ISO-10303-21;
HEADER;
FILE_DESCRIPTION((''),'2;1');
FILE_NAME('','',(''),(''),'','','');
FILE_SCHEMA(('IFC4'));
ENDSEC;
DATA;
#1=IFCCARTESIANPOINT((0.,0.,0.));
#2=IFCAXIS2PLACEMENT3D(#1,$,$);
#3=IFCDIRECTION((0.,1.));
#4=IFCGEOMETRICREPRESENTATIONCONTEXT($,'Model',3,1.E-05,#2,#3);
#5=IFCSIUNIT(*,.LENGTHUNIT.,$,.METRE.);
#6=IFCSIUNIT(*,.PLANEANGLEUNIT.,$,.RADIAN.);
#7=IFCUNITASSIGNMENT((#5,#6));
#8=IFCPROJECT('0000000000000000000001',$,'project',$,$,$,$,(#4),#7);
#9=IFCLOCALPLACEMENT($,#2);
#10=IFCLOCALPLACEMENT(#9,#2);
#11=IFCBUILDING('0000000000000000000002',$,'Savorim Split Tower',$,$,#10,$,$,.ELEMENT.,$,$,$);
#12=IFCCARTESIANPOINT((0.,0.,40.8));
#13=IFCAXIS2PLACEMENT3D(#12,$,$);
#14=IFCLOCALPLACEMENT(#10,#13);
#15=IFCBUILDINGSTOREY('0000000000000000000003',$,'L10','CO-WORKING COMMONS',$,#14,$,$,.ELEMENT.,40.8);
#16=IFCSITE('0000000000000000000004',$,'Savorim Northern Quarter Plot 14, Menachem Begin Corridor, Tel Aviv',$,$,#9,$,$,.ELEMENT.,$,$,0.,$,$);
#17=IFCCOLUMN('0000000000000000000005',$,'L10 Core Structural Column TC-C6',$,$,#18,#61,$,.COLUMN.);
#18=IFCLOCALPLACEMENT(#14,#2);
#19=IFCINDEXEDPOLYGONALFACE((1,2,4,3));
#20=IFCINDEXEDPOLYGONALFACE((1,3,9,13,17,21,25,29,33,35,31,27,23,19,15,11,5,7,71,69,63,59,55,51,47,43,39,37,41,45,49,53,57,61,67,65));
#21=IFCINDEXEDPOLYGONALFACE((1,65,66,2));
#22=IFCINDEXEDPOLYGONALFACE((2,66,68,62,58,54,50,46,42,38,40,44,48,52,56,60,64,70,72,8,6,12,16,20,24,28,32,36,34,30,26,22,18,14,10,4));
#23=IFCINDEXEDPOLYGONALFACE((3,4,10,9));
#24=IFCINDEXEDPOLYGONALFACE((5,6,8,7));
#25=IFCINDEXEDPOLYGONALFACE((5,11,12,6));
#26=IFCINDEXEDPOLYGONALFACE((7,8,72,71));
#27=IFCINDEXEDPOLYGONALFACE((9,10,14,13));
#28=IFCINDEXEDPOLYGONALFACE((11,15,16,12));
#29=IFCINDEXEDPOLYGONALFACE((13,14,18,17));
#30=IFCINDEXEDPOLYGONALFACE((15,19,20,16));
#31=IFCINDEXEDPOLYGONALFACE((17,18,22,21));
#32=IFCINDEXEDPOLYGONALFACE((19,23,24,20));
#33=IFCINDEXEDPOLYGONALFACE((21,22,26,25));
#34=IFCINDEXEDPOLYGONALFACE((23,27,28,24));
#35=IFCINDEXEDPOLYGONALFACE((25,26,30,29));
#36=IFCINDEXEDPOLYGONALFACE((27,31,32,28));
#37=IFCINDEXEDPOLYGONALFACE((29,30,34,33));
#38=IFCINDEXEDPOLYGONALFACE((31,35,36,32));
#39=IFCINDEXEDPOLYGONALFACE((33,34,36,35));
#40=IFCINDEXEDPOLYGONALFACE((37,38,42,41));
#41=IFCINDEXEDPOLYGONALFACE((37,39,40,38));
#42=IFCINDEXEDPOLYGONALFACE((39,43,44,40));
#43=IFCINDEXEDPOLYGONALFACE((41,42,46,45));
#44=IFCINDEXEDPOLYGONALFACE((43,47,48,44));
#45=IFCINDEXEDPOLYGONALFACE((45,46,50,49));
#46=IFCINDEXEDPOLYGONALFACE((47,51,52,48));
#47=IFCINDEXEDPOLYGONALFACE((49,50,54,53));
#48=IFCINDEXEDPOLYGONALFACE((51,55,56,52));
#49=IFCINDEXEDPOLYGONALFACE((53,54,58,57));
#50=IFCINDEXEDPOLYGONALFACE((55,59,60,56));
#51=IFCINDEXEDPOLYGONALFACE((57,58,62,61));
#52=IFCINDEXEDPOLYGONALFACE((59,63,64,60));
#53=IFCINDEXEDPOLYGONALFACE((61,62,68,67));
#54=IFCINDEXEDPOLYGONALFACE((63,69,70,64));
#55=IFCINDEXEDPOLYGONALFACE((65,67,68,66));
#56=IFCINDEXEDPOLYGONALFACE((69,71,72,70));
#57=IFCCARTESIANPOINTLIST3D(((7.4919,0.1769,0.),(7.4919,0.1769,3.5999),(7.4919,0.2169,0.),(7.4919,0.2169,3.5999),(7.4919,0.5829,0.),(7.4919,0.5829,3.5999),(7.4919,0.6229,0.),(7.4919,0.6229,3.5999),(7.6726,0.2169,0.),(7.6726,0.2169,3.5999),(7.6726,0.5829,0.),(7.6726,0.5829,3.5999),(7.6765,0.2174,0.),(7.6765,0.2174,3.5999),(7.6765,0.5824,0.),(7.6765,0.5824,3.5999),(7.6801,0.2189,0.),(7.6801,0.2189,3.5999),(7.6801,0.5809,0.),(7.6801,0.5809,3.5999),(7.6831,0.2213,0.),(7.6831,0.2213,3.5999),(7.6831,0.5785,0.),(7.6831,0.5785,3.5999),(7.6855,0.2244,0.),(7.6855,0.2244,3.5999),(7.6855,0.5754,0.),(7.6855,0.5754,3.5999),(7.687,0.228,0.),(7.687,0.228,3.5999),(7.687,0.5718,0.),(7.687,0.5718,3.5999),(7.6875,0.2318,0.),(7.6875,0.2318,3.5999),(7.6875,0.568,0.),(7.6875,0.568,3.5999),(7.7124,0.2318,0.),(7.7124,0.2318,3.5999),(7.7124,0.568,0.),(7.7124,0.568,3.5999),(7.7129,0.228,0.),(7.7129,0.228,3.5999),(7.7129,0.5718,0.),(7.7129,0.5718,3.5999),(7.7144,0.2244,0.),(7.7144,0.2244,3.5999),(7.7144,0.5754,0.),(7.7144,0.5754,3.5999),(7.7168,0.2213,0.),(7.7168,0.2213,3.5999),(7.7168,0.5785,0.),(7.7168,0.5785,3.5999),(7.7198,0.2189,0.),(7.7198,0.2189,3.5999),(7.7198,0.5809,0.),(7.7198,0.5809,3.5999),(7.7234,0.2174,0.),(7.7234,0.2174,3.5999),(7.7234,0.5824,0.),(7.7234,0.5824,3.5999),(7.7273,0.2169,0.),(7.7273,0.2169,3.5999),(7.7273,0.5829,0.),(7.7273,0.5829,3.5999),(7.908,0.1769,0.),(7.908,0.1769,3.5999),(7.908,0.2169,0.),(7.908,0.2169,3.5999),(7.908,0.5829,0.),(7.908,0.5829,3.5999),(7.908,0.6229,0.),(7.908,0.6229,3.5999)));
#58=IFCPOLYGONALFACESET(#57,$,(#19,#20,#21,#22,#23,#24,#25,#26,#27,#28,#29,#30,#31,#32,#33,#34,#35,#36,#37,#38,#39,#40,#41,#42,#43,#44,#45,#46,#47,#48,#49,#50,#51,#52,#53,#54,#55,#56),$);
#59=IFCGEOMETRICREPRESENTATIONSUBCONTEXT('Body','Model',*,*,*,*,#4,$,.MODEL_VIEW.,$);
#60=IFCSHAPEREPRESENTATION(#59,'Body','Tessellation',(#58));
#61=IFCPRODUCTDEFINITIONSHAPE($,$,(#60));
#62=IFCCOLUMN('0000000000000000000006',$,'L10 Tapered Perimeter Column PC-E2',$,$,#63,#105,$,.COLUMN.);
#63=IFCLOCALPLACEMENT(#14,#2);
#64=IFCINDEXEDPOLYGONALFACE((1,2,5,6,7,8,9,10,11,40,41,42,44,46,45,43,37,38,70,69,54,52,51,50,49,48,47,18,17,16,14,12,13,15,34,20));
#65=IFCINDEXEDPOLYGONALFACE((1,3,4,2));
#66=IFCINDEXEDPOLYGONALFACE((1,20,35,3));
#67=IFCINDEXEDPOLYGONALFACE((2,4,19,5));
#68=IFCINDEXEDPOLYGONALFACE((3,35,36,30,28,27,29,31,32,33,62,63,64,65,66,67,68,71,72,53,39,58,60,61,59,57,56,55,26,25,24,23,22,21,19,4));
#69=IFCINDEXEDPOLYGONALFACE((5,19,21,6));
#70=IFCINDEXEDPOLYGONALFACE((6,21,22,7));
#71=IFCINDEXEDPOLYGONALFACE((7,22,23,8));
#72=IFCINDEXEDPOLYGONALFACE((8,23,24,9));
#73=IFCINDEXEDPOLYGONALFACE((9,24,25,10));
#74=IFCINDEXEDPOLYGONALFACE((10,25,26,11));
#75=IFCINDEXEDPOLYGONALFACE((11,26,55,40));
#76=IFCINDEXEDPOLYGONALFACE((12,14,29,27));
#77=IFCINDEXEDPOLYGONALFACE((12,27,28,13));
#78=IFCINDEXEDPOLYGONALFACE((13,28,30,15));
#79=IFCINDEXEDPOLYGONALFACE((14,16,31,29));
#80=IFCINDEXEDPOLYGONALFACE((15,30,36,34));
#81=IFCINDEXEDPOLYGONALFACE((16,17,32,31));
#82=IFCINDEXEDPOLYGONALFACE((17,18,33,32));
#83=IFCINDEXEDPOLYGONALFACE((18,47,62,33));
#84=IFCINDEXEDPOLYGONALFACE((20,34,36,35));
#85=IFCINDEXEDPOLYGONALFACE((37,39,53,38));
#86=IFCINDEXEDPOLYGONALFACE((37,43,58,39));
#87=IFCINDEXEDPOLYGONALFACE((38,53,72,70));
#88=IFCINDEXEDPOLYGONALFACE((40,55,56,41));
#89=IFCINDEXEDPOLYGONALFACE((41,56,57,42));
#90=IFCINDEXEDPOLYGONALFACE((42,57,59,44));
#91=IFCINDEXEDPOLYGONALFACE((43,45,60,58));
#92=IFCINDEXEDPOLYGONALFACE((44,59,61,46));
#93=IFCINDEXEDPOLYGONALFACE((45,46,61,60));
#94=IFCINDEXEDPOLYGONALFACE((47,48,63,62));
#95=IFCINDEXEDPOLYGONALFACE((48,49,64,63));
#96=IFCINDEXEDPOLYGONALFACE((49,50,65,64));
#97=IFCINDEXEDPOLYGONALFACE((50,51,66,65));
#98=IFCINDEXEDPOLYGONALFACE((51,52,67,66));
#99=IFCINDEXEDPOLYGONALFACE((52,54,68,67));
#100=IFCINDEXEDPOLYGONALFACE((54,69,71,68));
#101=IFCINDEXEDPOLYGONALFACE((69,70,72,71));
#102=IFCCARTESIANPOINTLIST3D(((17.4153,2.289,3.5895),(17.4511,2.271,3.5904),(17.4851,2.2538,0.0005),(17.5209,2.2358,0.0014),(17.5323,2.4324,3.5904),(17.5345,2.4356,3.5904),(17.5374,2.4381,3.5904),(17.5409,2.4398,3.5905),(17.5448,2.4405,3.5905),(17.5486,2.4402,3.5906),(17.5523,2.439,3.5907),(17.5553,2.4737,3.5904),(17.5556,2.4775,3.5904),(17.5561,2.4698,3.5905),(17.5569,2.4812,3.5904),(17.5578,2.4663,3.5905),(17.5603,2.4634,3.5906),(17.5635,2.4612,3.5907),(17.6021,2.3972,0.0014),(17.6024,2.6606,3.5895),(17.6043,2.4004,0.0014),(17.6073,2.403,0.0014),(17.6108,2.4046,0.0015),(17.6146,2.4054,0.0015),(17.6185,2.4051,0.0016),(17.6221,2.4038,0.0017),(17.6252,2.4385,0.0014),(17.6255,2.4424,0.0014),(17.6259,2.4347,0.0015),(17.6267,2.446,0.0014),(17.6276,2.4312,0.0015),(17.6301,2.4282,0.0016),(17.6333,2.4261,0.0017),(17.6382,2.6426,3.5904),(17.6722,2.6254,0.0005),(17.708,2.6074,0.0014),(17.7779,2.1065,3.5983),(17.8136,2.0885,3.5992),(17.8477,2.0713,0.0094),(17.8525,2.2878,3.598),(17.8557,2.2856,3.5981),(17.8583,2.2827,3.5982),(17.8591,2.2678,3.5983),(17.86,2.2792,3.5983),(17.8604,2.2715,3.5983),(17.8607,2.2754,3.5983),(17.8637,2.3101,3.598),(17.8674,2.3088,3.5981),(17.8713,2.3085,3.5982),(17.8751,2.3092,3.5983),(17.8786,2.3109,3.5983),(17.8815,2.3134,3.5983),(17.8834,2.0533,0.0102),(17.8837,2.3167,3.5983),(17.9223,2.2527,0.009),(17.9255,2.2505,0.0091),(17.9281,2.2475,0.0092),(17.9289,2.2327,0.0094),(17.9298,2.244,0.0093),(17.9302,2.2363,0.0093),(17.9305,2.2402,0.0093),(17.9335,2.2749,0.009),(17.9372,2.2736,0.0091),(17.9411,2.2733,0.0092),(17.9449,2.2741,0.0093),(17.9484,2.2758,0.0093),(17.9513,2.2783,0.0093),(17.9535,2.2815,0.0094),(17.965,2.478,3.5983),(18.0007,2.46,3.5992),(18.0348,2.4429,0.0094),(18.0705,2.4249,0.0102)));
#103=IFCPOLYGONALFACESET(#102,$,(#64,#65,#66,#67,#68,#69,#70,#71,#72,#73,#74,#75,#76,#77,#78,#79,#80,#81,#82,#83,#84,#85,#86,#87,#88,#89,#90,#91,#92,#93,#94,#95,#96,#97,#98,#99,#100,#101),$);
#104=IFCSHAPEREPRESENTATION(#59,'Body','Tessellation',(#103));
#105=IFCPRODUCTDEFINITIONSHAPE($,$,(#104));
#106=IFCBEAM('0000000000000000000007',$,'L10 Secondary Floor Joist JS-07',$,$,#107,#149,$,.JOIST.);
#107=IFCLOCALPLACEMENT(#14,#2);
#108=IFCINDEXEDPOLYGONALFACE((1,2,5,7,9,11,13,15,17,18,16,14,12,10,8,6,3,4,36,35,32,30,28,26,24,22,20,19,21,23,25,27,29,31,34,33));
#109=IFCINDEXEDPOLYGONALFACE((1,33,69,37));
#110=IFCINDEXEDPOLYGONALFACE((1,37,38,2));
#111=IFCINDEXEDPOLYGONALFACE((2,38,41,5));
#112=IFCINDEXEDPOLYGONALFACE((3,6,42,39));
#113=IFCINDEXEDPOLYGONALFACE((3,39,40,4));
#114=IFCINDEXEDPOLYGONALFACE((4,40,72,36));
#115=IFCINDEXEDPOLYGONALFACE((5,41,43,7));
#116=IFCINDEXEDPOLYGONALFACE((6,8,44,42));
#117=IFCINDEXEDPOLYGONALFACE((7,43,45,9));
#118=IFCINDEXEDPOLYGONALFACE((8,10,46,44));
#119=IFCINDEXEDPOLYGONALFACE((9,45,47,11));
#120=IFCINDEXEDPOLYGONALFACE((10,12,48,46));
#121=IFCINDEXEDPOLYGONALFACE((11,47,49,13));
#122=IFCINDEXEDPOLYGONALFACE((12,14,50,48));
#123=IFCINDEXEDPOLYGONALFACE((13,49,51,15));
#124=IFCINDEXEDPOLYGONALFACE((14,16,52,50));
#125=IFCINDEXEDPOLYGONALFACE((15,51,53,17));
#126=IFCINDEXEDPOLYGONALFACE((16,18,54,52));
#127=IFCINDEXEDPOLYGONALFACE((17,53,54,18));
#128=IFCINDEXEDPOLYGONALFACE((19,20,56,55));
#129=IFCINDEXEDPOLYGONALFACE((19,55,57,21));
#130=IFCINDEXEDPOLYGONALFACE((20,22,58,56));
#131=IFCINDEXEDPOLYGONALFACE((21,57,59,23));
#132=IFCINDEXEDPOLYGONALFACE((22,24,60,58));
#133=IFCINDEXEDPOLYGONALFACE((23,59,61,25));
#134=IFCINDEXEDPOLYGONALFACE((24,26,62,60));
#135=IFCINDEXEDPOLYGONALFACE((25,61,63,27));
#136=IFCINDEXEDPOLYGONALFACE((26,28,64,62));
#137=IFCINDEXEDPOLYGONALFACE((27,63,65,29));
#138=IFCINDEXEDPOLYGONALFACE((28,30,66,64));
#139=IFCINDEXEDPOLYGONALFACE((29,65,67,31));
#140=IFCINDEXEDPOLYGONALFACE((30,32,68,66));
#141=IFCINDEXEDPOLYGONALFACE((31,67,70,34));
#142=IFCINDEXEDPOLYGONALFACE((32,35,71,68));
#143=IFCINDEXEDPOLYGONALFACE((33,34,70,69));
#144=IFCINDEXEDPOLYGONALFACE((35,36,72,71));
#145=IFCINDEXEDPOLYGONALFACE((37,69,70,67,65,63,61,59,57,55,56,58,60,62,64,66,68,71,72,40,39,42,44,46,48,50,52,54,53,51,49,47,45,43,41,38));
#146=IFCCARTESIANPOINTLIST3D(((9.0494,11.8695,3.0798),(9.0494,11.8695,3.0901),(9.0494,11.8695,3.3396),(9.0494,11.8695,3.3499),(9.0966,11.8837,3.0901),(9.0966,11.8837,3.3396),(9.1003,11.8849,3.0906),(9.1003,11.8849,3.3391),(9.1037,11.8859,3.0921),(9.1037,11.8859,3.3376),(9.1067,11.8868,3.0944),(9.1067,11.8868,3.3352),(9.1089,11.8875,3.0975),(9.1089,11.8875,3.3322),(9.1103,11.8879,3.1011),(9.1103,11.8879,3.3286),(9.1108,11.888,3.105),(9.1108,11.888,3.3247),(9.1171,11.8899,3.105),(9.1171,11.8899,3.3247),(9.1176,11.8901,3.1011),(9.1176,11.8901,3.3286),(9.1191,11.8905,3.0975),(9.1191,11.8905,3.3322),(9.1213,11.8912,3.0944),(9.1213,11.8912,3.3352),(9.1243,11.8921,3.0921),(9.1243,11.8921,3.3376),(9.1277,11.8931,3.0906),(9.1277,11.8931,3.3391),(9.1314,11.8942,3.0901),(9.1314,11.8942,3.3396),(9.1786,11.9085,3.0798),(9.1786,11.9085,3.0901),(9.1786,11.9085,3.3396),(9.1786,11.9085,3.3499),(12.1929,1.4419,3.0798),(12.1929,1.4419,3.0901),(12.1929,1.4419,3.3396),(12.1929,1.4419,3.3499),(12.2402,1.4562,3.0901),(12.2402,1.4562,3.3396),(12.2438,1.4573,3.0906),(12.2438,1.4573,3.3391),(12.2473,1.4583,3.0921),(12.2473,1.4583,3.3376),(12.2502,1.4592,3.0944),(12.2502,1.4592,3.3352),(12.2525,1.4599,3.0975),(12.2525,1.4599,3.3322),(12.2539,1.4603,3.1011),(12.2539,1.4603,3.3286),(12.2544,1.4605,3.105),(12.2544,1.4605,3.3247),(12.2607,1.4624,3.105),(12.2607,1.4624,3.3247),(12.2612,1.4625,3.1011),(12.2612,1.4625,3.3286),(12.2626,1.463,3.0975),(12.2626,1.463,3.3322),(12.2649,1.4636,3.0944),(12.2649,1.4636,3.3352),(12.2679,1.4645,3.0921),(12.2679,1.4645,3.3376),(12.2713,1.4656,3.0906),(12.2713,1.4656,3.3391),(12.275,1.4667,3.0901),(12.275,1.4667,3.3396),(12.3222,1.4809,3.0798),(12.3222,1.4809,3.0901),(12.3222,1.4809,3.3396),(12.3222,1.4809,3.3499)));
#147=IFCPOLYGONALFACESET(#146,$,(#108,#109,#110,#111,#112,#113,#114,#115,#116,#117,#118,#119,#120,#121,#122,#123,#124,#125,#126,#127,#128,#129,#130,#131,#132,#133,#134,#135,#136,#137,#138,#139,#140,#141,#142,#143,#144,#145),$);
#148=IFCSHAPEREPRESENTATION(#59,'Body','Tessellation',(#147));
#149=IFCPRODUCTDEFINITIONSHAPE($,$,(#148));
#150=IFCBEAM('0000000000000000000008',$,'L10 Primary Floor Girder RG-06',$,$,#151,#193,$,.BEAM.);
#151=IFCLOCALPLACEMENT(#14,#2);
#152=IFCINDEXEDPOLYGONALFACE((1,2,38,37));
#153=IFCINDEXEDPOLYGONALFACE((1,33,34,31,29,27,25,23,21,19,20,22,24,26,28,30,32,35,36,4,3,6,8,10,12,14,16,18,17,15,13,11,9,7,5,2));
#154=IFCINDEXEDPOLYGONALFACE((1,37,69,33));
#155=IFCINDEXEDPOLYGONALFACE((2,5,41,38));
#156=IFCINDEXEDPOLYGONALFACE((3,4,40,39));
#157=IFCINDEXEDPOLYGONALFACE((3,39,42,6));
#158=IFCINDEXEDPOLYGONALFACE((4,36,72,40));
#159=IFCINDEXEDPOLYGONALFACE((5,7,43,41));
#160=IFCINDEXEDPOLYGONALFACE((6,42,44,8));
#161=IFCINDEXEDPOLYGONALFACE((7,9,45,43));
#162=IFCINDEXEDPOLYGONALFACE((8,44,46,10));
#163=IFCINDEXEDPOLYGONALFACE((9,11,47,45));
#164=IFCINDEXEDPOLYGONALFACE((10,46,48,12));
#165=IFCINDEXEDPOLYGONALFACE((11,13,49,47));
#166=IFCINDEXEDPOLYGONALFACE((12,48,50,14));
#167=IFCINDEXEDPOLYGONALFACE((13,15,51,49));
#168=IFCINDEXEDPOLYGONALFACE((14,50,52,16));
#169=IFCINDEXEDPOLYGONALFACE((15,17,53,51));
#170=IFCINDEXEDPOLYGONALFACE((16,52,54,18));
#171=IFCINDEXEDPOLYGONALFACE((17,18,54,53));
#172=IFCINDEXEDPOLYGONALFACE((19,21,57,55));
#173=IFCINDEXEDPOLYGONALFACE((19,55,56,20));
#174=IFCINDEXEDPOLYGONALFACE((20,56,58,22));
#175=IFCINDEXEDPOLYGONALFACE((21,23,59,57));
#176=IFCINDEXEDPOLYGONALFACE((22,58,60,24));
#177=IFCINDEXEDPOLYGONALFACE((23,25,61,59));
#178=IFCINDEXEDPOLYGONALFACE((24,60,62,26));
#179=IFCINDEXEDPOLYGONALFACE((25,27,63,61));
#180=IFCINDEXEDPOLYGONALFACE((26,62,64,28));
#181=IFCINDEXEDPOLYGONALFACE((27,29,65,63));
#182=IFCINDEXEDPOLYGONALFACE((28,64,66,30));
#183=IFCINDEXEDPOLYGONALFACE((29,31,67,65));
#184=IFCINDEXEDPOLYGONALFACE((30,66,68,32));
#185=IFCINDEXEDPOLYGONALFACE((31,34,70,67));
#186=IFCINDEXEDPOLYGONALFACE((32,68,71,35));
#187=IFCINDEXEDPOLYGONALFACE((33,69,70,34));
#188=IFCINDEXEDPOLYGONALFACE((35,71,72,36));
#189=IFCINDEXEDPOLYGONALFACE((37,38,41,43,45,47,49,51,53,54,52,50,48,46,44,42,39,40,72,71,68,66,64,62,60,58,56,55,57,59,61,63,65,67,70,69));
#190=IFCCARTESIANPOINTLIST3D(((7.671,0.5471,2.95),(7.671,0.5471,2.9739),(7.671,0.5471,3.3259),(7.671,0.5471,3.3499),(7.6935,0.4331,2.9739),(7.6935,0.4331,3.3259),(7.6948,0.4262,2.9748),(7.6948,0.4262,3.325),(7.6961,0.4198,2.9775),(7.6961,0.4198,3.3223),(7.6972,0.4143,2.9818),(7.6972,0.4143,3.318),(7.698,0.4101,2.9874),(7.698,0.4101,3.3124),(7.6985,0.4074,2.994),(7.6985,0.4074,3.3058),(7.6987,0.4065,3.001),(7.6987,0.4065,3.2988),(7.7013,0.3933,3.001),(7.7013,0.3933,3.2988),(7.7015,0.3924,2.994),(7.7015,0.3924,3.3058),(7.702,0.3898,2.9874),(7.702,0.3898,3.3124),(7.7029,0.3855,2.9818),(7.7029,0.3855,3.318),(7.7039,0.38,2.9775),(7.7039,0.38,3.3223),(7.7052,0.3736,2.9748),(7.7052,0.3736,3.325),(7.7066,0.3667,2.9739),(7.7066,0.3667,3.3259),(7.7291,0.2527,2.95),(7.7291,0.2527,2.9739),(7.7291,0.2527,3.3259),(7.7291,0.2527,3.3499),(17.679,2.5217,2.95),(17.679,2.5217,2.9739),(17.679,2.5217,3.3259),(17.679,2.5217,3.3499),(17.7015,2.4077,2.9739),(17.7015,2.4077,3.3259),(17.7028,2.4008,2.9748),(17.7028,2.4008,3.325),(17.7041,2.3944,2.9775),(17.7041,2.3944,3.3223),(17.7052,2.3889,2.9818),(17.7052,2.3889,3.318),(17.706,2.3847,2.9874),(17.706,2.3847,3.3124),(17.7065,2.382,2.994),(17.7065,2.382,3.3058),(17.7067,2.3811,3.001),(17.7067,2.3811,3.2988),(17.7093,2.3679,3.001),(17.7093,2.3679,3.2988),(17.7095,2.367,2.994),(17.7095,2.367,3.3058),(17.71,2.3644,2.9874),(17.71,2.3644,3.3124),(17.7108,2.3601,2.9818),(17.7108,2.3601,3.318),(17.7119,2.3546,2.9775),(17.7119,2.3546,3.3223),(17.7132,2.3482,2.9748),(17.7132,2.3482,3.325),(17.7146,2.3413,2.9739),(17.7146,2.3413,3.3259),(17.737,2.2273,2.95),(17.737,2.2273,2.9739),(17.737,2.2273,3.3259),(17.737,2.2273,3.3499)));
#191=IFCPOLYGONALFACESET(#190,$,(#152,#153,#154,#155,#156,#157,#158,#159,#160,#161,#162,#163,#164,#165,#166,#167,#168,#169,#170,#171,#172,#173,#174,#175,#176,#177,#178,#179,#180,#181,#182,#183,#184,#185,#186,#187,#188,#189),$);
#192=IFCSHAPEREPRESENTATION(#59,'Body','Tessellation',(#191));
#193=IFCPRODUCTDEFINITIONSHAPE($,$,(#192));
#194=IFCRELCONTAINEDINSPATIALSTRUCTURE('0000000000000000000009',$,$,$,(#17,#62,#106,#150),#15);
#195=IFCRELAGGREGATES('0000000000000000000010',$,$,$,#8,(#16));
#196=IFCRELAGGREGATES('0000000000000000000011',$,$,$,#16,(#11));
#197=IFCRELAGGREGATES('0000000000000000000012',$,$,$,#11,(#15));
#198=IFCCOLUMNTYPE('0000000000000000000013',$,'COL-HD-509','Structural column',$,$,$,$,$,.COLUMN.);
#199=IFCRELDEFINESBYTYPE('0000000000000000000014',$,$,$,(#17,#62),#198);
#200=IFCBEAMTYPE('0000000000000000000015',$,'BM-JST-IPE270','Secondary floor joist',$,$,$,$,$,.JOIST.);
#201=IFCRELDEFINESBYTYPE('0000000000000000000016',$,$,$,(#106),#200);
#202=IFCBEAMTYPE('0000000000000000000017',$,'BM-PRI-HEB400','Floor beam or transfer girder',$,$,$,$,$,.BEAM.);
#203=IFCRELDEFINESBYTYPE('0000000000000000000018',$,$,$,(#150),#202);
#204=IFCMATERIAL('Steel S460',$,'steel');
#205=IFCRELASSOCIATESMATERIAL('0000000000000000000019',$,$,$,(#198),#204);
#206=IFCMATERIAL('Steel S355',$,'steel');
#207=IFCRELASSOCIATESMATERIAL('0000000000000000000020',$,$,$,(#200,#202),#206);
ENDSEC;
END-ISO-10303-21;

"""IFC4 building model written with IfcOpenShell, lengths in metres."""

from ifc_helpers import new_model, si_unit, direction, frame, origin, origin_2d, place, context, subcontext, project, spatial, i_section, extrude, material, material_profile, profile_set, type_object, element, save


model = new_model("IFC4")

# Units and contexts
model_context = context("Model", 3, precision=1e-05, world=origin(), true_north=direction((0.0, 1.0)))
body_context = subcontext(model_context, "Body", "Model", "MODEL_VIEW")
ifc_project = project(units=[si_unit("LENGTHUNIT", "METRE"), si_unit("PLANEANGLEUNIT", "RADIAN")], contexts=[model_context])

# Site, building, storey
site_placement = place(None, origin())
site = spatial("IfcSite", under=ifc_project, at=site_placement, Name="Savorim Northern Quarter Plot 14, Menachem Begin Corridor, Tel Aviv", CompositionType="ELEMENT", RefElevation=0.0)
building_placement = place(site_placement, origin())
building = spatial("IfcBuilding", under=site, at=building_placement, Name="Savorim Split Tower", CompositionType="ELEMENT")
storey_placement = place(building_placement, frame((0.0, 0.0, 40.8)))
storey = spatial("IfcBuildingStorey", under=building, at=storey_placement, Name="L10", Description="CO-WORKING COMMONS", CompositionType="ELEMENT", Elevation=40.8)

# Columns
ifc_material_1 = material(Name="Steel S460", Category="steel")
ifc_material_profile_1 = material_profile(ifc_material_1, i_section(OverallWidth=0.416, OverallDepth=0.446, WebThickness=0.0249, FlangeThickness=0.04, FilletRadius=0.0149, at=origin_2d()), Name="HD 400x509")
ifc_profile_set_1 = profile_set([ifc_material_profile_1], Name="Steel S460")
column_type = type_object("IfcColumnType", Name="COL-HD-509", Description="Structural column", PredefinedType="COLUMN", material=ifc_profile_set_1)
column_1_placement = place(storey_placement, frame((7.7, 0.3999, 0.0), z_axis=(0.0, 0.0, 1.0), x_axis=(1.0, 0.0, 0.0)))
element("IfcColumn", 1, at=column_1_placement, inside=storey, type_object=column_type, Name="L10 Core Structural Column TC-C6", PredefinedType="COLUMN", context=body_context, shape_type="SweptSolid", body=[
    extrude(i_section(OverallWidth=0.416, OverallDepth=0.446, WebThickness=0.0249, FlangeThickness=0.04, FilletRadius=0.0149, at=origin_2d()), origin(), (0.0, 0.0, 1.0), 3.5999),
])
column_2_placement = place(storey_placement, frame((17.7778, 2.3394, 0.0054), z_axis=(-0.01945, 0.009793, 0.999763), x_axis=(-0.44971, -0.893175, 0.0)))
element("IfcColumn", 2, at=column_2_placement, inside=storey, type_object=column_type, Name="L10 Tapered Perimeter Column PC-E2", PredefinedType="COLUMN", context=body_context, shape_type="SweptSolid", body=[
    extrude(i_section(OverallWidth=0.416, OverallDepth=0.446, WebThickness=0.0249, FlangeThickness=0.04, FilletRadius=0.0149, at=origin_2d()), origin(), (0.0, 0.0, 1.0), 3.5898),
])

# Beams
ifc_material_2 = material(Name="Steel S355", Category="steel")
ifc_material_profile_2 = material_profile(ifc_material_2, i_section(OverallWidth=0.135, OverallDepth=0.27, WebThickness=0.0066, FlangeThickness=0.0103, FilletRadius=0.0149, at=origin_2d()), Name="IPE 270")
ifc_profile_set_2 = profile_set([ifc_material_profile_2], Name="Steel S355")
beam_type_1 = type_object("IfcBeamType", Name="BM-JST-IPE270", Description="Secondary floor joist", PredefinedType="JOIST", material=ifc_profile_set_2)
beam_1_placement = place(storey_placement, frame((12.2576, 1.4614, 3.2148), z_axis=(-0.288637, 0.957439, 0.0), x_axis=(-0.957439, -0.288637, 0.0)))
element("IfcBeam", 3, at=beam_1_placement, inside=storey, type_object=beam_type_1, Name="L10 Secondary Floor Joist JS-07", PredefinedType="JOIST", context=body_context, shape_type="SweptSolid", body=[
    extrude(i_section(OverallWidth=0.135, OverallDepth=0.27, WebThickness=0.0066, FlangeThickness=0.0103, FilletRadius=0.0149, at=origin_2d()), origin(), (0.0, 0.0, 1.0), 10.8911),
])
ifc_material_profile_3 = material_profile(ifc_material_2, i_section(OverallWidth=0.3, OverallDepth=0.3999, WebThickness=0.0134, FlangeThickness=0.0239, FilletRadius=0.0271, at=origin_2d()), Name="HEB 400")
ifc_profile_set_3 = profile_set([ifc_material_profile_3], Name="Steel S355")
beam_type_2 = type_object("IfcBeamType", Name="BM-PRI-HEB400", Description="Floor beam or transfer girder", PredefinedType="BEAM", material=ifc_profile_set_3)
beam_2_placement = place(storey_placement, frame((17.708, 2.3745, 3.1499), z_axis=(-0.981086, -0.19357, 0.0), x_axis=(0.19357, -0.981086, 0.0)))
element("IfcBeam", 4, at=beam_2_placement, inside=storey, type_object=beam_type_2, Name="L10 Primary Floor Girder RG-06", PredefinedType="BEAM", context=body_context, shape_type="SweptSolid", body=[
    extrude(i_section(OverallWidth=0.3, OverallDepth=0.3999, WebThickness=0.0134, FlangeThickness=0.0239, FilletRadius=0.0271, at=origin_2d()), origin(), (0.0, 0.0, 1.0), 10.2009),
])

save(model, "model.ifc")
